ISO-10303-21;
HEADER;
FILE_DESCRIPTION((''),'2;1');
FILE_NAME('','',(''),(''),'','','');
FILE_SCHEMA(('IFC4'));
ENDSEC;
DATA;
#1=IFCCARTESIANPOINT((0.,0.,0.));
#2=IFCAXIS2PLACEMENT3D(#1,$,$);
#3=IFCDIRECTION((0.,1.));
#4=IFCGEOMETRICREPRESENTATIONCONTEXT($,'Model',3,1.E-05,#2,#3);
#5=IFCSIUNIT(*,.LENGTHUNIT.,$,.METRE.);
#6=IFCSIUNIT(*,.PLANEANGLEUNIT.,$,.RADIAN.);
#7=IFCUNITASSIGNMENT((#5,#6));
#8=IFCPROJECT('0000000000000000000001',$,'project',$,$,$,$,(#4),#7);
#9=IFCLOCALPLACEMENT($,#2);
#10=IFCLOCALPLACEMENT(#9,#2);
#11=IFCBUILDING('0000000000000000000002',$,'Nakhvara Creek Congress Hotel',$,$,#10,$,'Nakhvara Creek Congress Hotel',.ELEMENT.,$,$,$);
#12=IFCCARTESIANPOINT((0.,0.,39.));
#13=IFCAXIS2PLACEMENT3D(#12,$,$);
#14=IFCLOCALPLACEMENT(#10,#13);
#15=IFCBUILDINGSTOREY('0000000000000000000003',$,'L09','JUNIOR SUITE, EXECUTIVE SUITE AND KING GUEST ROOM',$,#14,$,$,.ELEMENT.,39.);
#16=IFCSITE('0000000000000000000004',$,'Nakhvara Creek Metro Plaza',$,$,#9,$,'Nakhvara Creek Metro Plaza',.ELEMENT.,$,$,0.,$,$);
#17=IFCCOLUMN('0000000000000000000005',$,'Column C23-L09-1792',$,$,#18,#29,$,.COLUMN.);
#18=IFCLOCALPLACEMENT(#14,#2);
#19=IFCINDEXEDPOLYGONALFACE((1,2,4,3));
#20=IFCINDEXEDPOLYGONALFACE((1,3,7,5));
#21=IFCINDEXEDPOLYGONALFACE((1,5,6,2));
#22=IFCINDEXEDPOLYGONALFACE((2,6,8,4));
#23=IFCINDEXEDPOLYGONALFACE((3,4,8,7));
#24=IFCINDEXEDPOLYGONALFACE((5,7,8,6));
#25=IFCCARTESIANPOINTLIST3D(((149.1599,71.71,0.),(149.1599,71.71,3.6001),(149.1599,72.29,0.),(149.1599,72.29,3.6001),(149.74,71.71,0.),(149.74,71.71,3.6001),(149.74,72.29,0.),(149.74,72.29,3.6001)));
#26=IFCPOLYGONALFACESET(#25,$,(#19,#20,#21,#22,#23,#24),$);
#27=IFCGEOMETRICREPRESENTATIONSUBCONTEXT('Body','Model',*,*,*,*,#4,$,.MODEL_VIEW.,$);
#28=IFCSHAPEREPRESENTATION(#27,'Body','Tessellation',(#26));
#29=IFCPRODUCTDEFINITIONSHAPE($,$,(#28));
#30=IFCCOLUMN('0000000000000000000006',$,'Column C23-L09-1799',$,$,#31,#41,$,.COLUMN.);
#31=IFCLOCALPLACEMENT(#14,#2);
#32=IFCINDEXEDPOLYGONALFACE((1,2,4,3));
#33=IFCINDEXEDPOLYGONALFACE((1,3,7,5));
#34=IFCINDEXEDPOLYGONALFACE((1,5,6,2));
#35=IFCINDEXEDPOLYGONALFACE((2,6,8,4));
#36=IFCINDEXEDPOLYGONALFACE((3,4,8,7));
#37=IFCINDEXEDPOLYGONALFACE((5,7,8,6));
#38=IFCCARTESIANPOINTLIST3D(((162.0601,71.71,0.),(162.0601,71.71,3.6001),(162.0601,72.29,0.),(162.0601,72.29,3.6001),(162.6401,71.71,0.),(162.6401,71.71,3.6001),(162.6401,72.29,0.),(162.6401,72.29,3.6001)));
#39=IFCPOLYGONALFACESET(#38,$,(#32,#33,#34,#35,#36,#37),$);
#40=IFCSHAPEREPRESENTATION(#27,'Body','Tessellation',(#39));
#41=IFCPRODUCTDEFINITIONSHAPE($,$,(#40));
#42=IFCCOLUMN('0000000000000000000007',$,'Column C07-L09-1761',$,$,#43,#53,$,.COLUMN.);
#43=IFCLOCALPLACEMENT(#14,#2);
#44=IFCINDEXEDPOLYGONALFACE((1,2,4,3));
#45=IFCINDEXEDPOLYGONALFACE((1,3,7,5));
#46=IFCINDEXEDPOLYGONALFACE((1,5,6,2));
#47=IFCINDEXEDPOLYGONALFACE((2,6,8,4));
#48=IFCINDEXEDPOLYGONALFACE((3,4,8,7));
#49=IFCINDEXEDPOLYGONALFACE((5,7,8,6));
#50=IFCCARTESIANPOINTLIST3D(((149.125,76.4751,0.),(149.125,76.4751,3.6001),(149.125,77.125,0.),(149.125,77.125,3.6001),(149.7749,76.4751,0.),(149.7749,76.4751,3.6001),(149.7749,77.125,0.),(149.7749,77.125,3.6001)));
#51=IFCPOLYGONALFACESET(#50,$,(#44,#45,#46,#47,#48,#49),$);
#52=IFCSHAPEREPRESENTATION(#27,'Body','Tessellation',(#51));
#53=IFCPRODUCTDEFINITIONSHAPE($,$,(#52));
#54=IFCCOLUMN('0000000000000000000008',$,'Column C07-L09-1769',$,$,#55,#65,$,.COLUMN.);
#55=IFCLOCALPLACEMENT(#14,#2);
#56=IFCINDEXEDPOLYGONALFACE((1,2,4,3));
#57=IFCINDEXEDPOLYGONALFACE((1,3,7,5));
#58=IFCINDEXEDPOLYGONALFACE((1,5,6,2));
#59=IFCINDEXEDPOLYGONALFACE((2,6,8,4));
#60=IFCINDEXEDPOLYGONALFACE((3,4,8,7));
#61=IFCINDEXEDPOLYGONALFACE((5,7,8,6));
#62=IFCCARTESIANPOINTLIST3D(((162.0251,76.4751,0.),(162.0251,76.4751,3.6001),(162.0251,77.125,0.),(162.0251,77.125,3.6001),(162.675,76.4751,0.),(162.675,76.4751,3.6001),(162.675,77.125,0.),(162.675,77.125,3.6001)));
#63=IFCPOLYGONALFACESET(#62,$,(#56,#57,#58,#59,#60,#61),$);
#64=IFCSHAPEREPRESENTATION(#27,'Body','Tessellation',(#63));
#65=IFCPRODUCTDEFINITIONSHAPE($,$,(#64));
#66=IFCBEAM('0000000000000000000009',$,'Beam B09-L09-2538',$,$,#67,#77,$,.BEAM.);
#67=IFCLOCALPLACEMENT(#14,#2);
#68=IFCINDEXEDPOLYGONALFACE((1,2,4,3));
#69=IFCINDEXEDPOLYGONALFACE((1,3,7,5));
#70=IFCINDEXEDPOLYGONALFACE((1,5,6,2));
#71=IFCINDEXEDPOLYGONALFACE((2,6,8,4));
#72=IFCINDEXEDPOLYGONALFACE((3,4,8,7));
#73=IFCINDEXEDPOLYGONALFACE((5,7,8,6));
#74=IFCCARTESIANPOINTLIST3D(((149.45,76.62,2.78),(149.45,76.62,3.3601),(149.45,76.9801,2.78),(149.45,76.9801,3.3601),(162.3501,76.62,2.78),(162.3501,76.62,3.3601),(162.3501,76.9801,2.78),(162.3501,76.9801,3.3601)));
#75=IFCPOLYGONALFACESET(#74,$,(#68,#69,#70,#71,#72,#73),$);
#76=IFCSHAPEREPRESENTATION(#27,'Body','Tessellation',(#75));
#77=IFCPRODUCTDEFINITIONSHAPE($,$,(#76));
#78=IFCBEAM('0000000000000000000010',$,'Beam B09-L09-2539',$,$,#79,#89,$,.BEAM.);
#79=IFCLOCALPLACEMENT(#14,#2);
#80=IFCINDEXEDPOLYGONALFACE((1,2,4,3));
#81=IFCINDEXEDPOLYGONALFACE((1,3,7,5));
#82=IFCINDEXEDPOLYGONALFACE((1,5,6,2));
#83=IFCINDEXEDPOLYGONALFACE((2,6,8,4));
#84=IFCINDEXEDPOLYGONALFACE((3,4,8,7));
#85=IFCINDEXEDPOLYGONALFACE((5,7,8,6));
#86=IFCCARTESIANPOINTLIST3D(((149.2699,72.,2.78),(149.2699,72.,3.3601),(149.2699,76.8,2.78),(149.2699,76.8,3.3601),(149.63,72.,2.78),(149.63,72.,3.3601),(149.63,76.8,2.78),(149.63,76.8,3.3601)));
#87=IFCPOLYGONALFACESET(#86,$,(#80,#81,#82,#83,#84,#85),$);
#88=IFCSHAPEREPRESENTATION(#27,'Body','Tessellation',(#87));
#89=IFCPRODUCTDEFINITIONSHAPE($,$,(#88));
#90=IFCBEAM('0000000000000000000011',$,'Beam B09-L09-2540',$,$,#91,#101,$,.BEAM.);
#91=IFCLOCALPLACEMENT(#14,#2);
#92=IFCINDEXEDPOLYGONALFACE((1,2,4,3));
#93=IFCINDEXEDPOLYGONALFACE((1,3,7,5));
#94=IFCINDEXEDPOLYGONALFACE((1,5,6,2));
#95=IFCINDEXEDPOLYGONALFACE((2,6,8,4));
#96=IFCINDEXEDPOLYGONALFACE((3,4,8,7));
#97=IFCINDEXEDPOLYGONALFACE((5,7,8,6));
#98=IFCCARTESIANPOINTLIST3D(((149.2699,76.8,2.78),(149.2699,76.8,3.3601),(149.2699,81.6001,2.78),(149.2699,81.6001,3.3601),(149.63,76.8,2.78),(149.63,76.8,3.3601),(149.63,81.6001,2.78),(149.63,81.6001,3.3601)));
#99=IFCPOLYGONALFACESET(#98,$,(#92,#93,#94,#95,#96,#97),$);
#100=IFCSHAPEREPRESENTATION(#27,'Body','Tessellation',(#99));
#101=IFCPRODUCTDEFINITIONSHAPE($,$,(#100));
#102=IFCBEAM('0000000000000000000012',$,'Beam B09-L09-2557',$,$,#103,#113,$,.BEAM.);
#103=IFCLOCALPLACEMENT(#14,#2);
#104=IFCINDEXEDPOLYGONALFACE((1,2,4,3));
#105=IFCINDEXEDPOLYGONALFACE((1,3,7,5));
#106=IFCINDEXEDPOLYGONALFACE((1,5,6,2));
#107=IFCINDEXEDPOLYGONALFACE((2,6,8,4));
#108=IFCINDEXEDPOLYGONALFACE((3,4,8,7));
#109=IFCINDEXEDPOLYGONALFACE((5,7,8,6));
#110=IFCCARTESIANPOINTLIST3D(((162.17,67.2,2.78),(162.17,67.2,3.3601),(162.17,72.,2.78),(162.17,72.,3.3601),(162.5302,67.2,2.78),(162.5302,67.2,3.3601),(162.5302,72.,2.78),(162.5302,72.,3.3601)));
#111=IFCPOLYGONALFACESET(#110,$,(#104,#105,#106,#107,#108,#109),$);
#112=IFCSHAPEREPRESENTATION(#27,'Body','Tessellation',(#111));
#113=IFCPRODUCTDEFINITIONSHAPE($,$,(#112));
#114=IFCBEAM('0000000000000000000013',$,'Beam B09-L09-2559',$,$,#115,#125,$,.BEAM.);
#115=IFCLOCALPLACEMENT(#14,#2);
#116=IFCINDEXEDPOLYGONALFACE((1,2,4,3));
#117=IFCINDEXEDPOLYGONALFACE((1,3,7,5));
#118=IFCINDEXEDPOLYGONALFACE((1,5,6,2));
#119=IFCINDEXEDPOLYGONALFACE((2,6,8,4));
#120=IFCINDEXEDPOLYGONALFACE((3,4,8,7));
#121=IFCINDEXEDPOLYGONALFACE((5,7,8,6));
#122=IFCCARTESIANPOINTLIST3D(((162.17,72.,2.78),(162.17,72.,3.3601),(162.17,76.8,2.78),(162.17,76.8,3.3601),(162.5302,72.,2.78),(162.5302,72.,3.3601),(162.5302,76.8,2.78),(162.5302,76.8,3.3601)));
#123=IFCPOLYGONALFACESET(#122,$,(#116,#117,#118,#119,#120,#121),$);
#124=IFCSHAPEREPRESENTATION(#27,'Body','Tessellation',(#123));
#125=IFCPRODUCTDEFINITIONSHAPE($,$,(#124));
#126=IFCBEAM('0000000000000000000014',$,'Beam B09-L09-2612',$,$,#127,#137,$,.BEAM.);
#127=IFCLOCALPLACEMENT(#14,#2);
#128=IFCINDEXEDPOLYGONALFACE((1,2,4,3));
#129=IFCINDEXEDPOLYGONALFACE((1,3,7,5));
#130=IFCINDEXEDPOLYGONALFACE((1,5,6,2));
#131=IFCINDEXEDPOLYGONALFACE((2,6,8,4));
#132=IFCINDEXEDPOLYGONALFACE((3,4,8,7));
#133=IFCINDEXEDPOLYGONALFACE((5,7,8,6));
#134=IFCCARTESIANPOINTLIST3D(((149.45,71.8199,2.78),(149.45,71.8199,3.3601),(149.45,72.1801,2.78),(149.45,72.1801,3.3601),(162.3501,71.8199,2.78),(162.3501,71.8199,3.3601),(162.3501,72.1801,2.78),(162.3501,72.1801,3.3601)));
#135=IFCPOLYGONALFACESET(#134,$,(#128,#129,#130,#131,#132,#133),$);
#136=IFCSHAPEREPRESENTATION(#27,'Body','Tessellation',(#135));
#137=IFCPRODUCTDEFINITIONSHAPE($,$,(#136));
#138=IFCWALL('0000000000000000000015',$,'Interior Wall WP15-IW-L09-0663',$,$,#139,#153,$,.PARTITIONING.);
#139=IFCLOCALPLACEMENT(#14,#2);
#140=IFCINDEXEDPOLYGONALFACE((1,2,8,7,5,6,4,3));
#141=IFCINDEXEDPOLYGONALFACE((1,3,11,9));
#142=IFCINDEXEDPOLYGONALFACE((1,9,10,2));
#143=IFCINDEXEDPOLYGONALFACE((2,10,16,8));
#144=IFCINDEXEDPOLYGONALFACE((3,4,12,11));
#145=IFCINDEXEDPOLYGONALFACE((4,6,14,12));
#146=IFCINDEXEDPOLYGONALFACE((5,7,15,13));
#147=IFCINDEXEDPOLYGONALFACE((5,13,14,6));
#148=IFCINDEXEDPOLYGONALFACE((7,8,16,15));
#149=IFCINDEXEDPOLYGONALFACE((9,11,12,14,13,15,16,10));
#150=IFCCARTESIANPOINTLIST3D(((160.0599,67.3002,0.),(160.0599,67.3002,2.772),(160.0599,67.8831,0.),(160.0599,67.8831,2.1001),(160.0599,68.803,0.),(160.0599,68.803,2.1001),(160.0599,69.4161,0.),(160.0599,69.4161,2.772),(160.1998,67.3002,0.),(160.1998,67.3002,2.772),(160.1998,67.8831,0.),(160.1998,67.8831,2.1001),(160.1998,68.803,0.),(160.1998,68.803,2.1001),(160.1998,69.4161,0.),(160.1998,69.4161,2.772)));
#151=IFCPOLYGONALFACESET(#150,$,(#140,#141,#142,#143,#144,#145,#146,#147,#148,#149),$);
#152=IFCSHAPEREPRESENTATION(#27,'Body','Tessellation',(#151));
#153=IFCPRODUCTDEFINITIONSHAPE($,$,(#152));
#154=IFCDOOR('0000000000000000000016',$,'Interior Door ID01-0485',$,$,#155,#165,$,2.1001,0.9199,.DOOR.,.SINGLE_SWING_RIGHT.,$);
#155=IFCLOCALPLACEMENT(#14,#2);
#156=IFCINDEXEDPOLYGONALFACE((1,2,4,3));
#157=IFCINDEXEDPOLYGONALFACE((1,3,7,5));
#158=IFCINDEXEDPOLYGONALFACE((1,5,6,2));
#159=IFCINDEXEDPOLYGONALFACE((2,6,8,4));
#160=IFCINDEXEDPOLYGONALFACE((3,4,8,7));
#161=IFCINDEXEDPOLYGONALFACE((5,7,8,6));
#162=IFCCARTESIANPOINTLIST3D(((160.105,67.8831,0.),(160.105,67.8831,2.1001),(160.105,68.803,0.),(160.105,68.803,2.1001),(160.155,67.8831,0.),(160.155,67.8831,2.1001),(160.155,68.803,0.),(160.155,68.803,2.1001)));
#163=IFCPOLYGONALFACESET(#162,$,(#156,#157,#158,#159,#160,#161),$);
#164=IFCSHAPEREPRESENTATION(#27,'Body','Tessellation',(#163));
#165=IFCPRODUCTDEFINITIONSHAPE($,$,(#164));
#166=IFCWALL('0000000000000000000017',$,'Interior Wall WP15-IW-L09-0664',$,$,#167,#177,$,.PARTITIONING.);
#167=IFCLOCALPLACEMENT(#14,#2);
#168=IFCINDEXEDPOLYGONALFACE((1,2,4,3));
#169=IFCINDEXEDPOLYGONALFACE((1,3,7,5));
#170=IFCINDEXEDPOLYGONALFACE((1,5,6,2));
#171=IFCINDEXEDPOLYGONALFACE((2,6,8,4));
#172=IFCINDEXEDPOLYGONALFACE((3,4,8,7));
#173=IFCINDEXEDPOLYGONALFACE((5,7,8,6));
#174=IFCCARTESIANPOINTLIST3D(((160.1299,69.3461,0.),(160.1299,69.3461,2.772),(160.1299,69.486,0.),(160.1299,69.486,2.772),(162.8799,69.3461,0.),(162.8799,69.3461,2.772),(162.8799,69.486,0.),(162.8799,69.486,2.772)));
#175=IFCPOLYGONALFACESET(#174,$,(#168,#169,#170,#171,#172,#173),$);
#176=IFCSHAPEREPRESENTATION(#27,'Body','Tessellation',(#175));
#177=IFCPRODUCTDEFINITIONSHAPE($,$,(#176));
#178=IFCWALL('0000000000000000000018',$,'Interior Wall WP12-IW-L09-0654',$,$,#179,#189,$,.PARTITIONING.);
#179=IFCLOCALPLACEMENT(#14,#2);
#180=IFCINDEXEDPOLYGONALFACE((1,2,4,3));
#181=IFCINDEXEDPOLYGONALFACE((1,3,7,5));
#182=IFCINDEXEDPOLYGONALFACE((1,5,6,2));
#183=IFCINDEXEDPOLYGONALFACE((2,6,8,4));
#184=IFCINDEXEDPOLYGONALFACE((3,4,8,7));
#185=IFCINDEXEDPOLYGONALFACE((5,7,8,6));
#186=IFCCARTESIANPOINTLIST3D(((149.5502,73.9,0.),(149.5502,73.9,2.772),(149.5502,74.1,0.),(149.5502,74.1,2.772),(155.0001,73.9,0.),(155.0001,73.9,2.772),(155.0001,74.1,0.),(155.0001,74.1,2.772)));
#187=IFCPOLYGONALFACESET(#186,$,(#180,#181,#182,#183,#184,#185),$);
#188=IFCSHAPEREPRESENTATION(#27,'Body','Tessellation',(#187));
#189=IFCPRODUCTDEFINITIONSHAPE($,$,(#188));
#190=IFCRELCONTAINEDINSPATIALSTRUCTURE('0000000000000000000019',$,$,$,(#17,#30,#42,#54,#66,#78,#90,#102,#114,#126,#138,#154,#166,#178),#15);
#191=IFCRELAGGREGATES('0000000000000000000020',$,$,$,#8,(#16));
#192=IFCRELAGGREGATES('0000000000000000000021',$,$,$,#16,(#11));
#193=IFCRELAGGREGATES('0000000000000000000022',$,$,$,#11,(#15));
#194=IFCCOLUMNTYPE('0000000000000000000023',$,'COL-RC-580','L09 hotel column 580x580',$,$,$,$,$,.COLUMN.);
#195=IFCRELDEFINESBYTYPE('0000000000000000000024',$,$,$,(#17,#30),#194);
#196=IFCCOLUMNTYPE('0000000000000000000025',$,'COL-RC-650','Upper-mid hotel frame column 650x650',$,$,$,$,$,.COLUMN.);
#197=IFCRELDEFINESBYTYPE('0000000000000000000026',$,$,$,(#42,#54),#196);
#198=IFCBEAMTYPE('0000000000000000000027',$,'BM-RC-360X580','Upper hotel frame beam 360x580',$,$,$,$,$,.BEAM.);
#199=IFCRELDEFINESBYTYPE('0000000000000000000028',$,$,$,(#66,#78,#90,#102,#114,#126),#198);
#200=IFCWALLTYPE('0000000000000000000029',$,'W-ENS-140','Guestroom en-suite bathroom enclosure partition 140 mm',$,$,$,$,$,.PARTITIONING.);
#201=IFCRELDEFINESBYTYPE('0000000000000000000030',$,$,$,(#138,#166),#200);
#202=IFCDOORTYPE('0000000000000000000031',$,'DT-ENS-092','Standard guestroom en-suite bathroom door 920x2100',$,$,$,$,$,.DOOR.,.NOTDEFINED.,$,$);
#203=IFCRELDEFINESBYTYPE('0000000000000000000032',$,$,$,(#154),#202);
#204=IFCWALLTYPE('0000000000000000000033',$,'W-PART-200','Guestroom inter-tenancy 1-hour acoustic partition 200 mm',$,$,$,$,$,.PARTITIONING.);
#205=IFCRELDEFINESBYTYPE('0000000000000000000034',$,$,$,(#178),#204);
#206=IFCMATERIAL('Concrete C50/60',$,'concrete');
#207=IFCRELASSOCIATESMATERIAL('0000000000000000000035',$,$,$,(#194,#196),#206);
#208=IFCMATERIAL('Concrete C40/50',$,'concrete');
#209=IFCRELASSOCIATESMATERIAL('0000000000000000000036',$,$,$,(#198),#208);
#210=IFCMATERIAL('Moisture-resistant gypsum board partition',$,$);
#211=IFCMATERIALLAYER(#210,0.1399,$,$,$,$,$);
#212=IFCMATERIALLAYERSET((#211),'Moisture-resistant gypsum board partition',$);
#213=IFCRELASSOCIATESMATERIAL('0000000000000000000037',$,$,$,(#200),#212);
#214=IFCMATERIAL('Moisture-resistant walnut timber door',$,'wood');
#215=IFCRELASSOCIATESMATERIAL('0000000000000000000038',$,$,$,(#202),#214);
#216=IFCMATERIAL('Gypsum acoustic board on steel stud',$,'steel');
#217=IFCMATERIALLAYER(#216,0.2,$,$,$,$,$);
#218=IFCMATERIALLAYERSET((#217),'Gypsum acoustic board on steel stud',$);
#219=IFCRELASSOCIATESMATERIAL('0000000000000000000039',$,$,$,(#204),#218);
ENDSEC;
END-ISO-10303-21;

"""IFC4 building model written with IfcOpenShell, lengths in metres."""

from ifc_helpers import new_model, si_unit, direction, frame, frame_2d, origin, origin_2d, place, context, subcontext, project, spatial, rectangle, extrude, material, layer, layer_set, material_profile, profile_set, type_object, element, fill, save


model = new_model("IFC4")

# Units and contexts
model_context = context("Model", 3, precision=1e-05, world=origin(), true_north=direction((0.0, 1.0)))
body_context = subcontext(model_context, "Body", "Model", "MODEL_VIEW")
ifc_project = project(units=[si_unit("LENGTHUNIT", "METRE"), si_unit("PLANEANGLEUNIT", "RADIAN")], contexts=[model_context])

# Site, building, storey
site_placement = place(None, origin())
site = spatial("IfcSite", under=ifc_project, at=site_placement, Name="Nakhvara Creek Metro Plaza", LongName="Nakhvara Creek Metro Plaza", CompositionType="ELEMENT", RefElevation=0.0)
building_placement = place(site_placement, origin())
building = spatial("IfcBuilding", under=site, at=building_placement, Name="Nakhvara Creek Congress Hotel", LongName="Nakhvara Creek Congress Hotel", CompositionType="ELEMENT")
storey_placement = place(building_placement, frame((0.0, 0.0, 39.0)))
storey = spatial("IfcBuildingStorey", under=building, at=storey_placement, Name="L09", Description="JUNIOR SUITE, EXECUTIVE SUITE AND KING GUEST ROOM", CompositionType="ELEMENT", Elevation=39.0)

# Columns
ifc_material_1 = material(Name="Concrete C50/60", Category="concrete")
ifc_material_profile_1 = material_profile(ifc_material_1, rectangle(XDim=0.5801, YDim=0.5801, at=origin_2d()), Name="RC-COL 580x580", Category="LoadBearing")
ifc_profile_set_1 = profile_set([ifc_material_profile_1], Name="Concrete C50/60")
column_type_1 = type_object("IfcColumnType", Name="COL-RC-580", Description="L09 hotel column 580x580", PredefinedType="COLUMN", material=ifc_profile_set_1)
for number, where, z_axis, x_axis, name in (
    (1, (149.45, 72.0, 0.0), (0.0, 0.0, 1.0), (1.0, 0.0, 0.0), "Column C23-L09-1792"),
    (2, (162.3501, 72.0, 0.0), (0.0, 0.0, 1.0), (1.0, 0.0, 0.0), "Column C23-L09-1799"),
):
    element("IfcColumn", number, at=place(storey_placement, frame(where, z_axis=z_axis, x_axis=x_axis)), inside=storey, type_object=column_type_1, Name=name, PredefinedType="COLUMN", context=body_context, shape_type="SweptSolid", body=[
        extrude(rectangle(XDim=0.5801, YDim=0.5801, at=origin_2d()), origin(), (0.0, 0.0, 1.0), 3.6001),
    ])
ifc_material_profile_2 = material_profile(ifc_material_1, rectangle(XDim=0.6499, YDim=0.6499, at=origin_2d()), Name="RC-COL 650x650", Category="LoadBearing")
ifc_profile_set_2 = profile_set([ifc_material_profile_2], Name="Concrete C50/60")
column_type_2 = type_object("IfcColumnType", Name="COL-RC-650", Description="Upper-mid hotel frame column 650x650", PredefinedType="COLUMN", material=ifc_profile_set_2)
for number, where, z_axis, x_axis, name in (
    (3, (149.45, 76.8, 0.0), (0.0, 0.0, 1.0), (1.0, 0.0, 0.0), "Column C07-L09-1761"),
    (4, (162.3501, 76.8, 0.0), (0.0, 0.0, 1.0), (1.0, 0.0, 0.0), "Column C07-L09-1769"),
):
    element("IfcColumn", number, at=place(storey_placement, frame(where, z_axis=z_axis, x_axis=x_axis)), inside=storey, type_object=column_type_2, Name=name, PredefinedType="COLUMN", context=body_context, shape_type="SweptSolid", body=[
        extrude(rectangle(XDim=0.6499, YDim=0.6499, at=origin_2d()), origin(), (0.0, 0.0, 1.0), 3.6001),
    ])

# Beams
ifc_material_2 = material(Name="Concrete C40/50", Category="concrete")
ifc_material_profile_3 = material_profile(ifc_material_2, rectangle(XDim=0.3601, YDim=0.5801, at=origin_2d()), Name="RC-BM 360x580", Category="LoadBearing")
ifc_profile_set_3 = profile_set([ifc_material_profile_3], Name="Concrete C40/50")
beam_type = type_object("IfcBeamType", Name="BM-RC-360X580", Description="Upper hotel frame beam 360x580", PredefinedType="BEAM", material=ifc_profile_set_3)
beam_1_placement = place(storey_placement, frame((149.45, 76.8, 3.0701), z_axis=(1.0, 0.0, 0.0), x_axis=(0.0, 1.0, 0.0)))
element("IfcBeam", 5, at=beam_1_placement, inside=storey, type_object=beam_type, Name="Beam B09-L09-2538", PredefinedType="BEAM", context=body_context, shape_type="SweptSolid", body=[
    extrude(rectangle(XDim=0.3601, YDim=0.5801, at=origin_2d()), origin(), (0.0, 0.0, 1.0), 12.9001),
])
for number, where, z_axis, x_axis, name in (
    (6, (149.45, 72.0, 3.0701), (0.0, 1.0, 0.0), (-1.0, 0.0, 0.0), "Beam B09-L09-2539"),
    (7, (149.45, 76.8, 3.0701), (0.0, 1.0, 0.0), (-1.0, 0.0, 0.0), "Beam B09-L09-2540"),
    (8, (162.3501, 67.2, 3.0701), (0.0, 1.0, 0.0), (-1.0, 0.0, 0.0), "Beam B09-L09-2557"),
    (9, (162.3501, 72.0, 3.0701), (0.0, 1.0, 0.0), (-1.0, 0.0, 0.0), "Beam B09-L09-2559"),
):
    element("IfcBeam", number, at=place(storey_placement, frame(where, z_axis=z_axis, x_axis=x_axis)), inside=storey, type_object=beam_type, Name=name, PredefinedType="BEAM", context=body_context, shape_type="SweptSolid", body=[
        extrude(rectangle(XDim=0.3601, YDim=0.5801, at=origin_2d()), origin(), (0.0, 0.0, 1.0), 4.8),
    ])
beam_2_placement = place(storey_placement, frame((149.45, 72.0, 3.0701), z_axis=(1.0, 0.0, 0.0), x_axis=(0.0, 1.0, 0.0)))
element("IfcBeam", 10, at=beam_2_placement, inside=storey, type_object=beam_type, Name="Beam B09-L09-2612", PredefinedType="BEAM", context=body_context, shape_type="SweptSolid", body=[
    extrude(rectangle(XDim=0.3601, YDim=0.5801, at=origin_2d()), origin(), (0.0, 0.0, 1.0), 12.9001),
])

# Wall, opening, door
ifc_material_3 = material(Name="Moisture-resistant gypsum board partition")
ifc_layer_1 = layer(ifc_material_3, 0.1399)
ifc_layer_set_1 = layer_set([ifc_layer_1], Name="Moisture-resistant gypsum board partition")
wall_type_1 = type_object("IfcWallType", Name="W-ENS-140", Description="Guestroom en-suite bathroom enclosure partition 140 mm", PredefinedType="PARTITIONING", material=ifc_layer_set_1)
wall_1_placement = place(storey_placement, frame((160.1299, 67.3, 0.0), z_axis=(0.0, 0.0, 1.0), x_axis=(0.0, 1.0, 0.0)))
wall_1 = element("IfcWall", 11, at=wall_1_placement, inside=storey, type_object=wall_type_1, Name="Interior Wall WP15-IW-L09-0663", PredefinedType="PARTITIONING", context=body_context, shape_type="SweptSolid", body=[
    extrude(rectangle(XDim=2.116, YDim=0.1399, at=frame_2d((1.0581, 0.0))), origin(), (0.0, 0.0, 1.0), 2.772),
])
opening_1_placement = place(wall_1_placement, frame((0.583, 0.0, 0.0)))
opening_1 = element("IfcOpeningElement", 12, at=opening_1_placement, cuts=wall_1, PredefinedType="OPENING", context=body_context, shape_type="SweptSolid", body=[
    extrude(rectangle(XDim=0.9199, YDim=2.1001, at=frame_2d((0.46, 1.05))), frame((0.0, 0.082, 0.0), z_axis=(0.0, -1.0, 0.0), x_axis=(1.0, 0.0, 0.0)), (0.0, 0.0, 1.0), 0.1638),
])
ifc_material_4 = material(Name="Moisture-resistant walnut timber door", Category="wood")
door_type_1 = type_object("IfcDoorType", Name="DT-ENS-092", Description="Standard guestroom en-suite bathroom door 920x2100", OperationType="NOTDEFINED", PredefinedType="DOOR", material=ifc_material_4)
door_1_placement = place(opening_1_placement, origin())
door_1 = element("IfcDoor", 13, at=door_1_placement, inside=storey, type_object=door_type_1, Name="Interior Door ID01-0485", OperationType="SINGLE_SWING_RIGHT", OverallHeight=2.1001, OverallWidth=0.9199, PredefinedType="DOOR", context=body_context, shape_type="SweptSolid", body=[
    extrude(rectangle(XDim=0.9199, YDim=2.1001, at=frame_2d((0.46, 1.05))), frame((0.0, 0.0249, 0.0), z_axis=(0.0, -1.0, 0.0), x_axis=(1.0, 0.0, 0.0)), (0.0, 0.0, 1.0), 0.05),
])
fill(opening_1, door_1)

# Walls
wall_2_placement = place(storey_placement, frame((160.1299, 69.416, 0.0), z_axis=(0.0, 0.0, 1.0), x_axis=(1.0, 0.0, 0.0)))
element("IfcWall", 14, at=wall_2_placement, inside=storey, type_object=wall_type_1, Name="Interior Wall WP15-IW-L09-0664", PredefinedType="PARTITIONING", context=body_context, shape_type="SweptSolid", body=[
    extrude(rectangle(XDim=2.75, YDim=0.1399, at=frame_2d((1.375, 0.0))), origin(), (0.0, 0.0, 1.0), 2.772),
])
ifc_material_5 = material(Name="Gypsum acoustic board on steel stud", Category="steel")
ifc_layer_2 = layer(ifc_material_5, 0.2)
ifc_layer_set_2 = layer_set([ifc_layer_2], Name="Gypsum acoustic board on steel stud")
wall_type_2 = type_object("IfcWallType", Name="W-PART-200", Description="Guestroom inter-tenancy 1-hour acoustic partition 200 mm", PredefinedType="PARTITIONING", material=ifc_layer_set_2)
wall_3_placement = place(storey_placement, frame((149.55, 74.0, 0.0), z_axis=(0.0, 0.0, 1.0), x_axis=(1.0, 0.0, 0.0)))
element("IfcWall", 15, at=wall_3_placement, inside=storey, type_object=wall_type_2, Name="Interior Wall WP12-IW-L09-0654", PredefinedType="PARTITIONING", context=body_context, shape_type="SweptSolid", body=[
    extrude(rectangle(XDim=5.45, YDim=0.2, at=frame_2d((2.7251, 0.0))), origin(), (0.0, 0.0, 1.0), 2.772),
])

save(model, "model.ifc")
